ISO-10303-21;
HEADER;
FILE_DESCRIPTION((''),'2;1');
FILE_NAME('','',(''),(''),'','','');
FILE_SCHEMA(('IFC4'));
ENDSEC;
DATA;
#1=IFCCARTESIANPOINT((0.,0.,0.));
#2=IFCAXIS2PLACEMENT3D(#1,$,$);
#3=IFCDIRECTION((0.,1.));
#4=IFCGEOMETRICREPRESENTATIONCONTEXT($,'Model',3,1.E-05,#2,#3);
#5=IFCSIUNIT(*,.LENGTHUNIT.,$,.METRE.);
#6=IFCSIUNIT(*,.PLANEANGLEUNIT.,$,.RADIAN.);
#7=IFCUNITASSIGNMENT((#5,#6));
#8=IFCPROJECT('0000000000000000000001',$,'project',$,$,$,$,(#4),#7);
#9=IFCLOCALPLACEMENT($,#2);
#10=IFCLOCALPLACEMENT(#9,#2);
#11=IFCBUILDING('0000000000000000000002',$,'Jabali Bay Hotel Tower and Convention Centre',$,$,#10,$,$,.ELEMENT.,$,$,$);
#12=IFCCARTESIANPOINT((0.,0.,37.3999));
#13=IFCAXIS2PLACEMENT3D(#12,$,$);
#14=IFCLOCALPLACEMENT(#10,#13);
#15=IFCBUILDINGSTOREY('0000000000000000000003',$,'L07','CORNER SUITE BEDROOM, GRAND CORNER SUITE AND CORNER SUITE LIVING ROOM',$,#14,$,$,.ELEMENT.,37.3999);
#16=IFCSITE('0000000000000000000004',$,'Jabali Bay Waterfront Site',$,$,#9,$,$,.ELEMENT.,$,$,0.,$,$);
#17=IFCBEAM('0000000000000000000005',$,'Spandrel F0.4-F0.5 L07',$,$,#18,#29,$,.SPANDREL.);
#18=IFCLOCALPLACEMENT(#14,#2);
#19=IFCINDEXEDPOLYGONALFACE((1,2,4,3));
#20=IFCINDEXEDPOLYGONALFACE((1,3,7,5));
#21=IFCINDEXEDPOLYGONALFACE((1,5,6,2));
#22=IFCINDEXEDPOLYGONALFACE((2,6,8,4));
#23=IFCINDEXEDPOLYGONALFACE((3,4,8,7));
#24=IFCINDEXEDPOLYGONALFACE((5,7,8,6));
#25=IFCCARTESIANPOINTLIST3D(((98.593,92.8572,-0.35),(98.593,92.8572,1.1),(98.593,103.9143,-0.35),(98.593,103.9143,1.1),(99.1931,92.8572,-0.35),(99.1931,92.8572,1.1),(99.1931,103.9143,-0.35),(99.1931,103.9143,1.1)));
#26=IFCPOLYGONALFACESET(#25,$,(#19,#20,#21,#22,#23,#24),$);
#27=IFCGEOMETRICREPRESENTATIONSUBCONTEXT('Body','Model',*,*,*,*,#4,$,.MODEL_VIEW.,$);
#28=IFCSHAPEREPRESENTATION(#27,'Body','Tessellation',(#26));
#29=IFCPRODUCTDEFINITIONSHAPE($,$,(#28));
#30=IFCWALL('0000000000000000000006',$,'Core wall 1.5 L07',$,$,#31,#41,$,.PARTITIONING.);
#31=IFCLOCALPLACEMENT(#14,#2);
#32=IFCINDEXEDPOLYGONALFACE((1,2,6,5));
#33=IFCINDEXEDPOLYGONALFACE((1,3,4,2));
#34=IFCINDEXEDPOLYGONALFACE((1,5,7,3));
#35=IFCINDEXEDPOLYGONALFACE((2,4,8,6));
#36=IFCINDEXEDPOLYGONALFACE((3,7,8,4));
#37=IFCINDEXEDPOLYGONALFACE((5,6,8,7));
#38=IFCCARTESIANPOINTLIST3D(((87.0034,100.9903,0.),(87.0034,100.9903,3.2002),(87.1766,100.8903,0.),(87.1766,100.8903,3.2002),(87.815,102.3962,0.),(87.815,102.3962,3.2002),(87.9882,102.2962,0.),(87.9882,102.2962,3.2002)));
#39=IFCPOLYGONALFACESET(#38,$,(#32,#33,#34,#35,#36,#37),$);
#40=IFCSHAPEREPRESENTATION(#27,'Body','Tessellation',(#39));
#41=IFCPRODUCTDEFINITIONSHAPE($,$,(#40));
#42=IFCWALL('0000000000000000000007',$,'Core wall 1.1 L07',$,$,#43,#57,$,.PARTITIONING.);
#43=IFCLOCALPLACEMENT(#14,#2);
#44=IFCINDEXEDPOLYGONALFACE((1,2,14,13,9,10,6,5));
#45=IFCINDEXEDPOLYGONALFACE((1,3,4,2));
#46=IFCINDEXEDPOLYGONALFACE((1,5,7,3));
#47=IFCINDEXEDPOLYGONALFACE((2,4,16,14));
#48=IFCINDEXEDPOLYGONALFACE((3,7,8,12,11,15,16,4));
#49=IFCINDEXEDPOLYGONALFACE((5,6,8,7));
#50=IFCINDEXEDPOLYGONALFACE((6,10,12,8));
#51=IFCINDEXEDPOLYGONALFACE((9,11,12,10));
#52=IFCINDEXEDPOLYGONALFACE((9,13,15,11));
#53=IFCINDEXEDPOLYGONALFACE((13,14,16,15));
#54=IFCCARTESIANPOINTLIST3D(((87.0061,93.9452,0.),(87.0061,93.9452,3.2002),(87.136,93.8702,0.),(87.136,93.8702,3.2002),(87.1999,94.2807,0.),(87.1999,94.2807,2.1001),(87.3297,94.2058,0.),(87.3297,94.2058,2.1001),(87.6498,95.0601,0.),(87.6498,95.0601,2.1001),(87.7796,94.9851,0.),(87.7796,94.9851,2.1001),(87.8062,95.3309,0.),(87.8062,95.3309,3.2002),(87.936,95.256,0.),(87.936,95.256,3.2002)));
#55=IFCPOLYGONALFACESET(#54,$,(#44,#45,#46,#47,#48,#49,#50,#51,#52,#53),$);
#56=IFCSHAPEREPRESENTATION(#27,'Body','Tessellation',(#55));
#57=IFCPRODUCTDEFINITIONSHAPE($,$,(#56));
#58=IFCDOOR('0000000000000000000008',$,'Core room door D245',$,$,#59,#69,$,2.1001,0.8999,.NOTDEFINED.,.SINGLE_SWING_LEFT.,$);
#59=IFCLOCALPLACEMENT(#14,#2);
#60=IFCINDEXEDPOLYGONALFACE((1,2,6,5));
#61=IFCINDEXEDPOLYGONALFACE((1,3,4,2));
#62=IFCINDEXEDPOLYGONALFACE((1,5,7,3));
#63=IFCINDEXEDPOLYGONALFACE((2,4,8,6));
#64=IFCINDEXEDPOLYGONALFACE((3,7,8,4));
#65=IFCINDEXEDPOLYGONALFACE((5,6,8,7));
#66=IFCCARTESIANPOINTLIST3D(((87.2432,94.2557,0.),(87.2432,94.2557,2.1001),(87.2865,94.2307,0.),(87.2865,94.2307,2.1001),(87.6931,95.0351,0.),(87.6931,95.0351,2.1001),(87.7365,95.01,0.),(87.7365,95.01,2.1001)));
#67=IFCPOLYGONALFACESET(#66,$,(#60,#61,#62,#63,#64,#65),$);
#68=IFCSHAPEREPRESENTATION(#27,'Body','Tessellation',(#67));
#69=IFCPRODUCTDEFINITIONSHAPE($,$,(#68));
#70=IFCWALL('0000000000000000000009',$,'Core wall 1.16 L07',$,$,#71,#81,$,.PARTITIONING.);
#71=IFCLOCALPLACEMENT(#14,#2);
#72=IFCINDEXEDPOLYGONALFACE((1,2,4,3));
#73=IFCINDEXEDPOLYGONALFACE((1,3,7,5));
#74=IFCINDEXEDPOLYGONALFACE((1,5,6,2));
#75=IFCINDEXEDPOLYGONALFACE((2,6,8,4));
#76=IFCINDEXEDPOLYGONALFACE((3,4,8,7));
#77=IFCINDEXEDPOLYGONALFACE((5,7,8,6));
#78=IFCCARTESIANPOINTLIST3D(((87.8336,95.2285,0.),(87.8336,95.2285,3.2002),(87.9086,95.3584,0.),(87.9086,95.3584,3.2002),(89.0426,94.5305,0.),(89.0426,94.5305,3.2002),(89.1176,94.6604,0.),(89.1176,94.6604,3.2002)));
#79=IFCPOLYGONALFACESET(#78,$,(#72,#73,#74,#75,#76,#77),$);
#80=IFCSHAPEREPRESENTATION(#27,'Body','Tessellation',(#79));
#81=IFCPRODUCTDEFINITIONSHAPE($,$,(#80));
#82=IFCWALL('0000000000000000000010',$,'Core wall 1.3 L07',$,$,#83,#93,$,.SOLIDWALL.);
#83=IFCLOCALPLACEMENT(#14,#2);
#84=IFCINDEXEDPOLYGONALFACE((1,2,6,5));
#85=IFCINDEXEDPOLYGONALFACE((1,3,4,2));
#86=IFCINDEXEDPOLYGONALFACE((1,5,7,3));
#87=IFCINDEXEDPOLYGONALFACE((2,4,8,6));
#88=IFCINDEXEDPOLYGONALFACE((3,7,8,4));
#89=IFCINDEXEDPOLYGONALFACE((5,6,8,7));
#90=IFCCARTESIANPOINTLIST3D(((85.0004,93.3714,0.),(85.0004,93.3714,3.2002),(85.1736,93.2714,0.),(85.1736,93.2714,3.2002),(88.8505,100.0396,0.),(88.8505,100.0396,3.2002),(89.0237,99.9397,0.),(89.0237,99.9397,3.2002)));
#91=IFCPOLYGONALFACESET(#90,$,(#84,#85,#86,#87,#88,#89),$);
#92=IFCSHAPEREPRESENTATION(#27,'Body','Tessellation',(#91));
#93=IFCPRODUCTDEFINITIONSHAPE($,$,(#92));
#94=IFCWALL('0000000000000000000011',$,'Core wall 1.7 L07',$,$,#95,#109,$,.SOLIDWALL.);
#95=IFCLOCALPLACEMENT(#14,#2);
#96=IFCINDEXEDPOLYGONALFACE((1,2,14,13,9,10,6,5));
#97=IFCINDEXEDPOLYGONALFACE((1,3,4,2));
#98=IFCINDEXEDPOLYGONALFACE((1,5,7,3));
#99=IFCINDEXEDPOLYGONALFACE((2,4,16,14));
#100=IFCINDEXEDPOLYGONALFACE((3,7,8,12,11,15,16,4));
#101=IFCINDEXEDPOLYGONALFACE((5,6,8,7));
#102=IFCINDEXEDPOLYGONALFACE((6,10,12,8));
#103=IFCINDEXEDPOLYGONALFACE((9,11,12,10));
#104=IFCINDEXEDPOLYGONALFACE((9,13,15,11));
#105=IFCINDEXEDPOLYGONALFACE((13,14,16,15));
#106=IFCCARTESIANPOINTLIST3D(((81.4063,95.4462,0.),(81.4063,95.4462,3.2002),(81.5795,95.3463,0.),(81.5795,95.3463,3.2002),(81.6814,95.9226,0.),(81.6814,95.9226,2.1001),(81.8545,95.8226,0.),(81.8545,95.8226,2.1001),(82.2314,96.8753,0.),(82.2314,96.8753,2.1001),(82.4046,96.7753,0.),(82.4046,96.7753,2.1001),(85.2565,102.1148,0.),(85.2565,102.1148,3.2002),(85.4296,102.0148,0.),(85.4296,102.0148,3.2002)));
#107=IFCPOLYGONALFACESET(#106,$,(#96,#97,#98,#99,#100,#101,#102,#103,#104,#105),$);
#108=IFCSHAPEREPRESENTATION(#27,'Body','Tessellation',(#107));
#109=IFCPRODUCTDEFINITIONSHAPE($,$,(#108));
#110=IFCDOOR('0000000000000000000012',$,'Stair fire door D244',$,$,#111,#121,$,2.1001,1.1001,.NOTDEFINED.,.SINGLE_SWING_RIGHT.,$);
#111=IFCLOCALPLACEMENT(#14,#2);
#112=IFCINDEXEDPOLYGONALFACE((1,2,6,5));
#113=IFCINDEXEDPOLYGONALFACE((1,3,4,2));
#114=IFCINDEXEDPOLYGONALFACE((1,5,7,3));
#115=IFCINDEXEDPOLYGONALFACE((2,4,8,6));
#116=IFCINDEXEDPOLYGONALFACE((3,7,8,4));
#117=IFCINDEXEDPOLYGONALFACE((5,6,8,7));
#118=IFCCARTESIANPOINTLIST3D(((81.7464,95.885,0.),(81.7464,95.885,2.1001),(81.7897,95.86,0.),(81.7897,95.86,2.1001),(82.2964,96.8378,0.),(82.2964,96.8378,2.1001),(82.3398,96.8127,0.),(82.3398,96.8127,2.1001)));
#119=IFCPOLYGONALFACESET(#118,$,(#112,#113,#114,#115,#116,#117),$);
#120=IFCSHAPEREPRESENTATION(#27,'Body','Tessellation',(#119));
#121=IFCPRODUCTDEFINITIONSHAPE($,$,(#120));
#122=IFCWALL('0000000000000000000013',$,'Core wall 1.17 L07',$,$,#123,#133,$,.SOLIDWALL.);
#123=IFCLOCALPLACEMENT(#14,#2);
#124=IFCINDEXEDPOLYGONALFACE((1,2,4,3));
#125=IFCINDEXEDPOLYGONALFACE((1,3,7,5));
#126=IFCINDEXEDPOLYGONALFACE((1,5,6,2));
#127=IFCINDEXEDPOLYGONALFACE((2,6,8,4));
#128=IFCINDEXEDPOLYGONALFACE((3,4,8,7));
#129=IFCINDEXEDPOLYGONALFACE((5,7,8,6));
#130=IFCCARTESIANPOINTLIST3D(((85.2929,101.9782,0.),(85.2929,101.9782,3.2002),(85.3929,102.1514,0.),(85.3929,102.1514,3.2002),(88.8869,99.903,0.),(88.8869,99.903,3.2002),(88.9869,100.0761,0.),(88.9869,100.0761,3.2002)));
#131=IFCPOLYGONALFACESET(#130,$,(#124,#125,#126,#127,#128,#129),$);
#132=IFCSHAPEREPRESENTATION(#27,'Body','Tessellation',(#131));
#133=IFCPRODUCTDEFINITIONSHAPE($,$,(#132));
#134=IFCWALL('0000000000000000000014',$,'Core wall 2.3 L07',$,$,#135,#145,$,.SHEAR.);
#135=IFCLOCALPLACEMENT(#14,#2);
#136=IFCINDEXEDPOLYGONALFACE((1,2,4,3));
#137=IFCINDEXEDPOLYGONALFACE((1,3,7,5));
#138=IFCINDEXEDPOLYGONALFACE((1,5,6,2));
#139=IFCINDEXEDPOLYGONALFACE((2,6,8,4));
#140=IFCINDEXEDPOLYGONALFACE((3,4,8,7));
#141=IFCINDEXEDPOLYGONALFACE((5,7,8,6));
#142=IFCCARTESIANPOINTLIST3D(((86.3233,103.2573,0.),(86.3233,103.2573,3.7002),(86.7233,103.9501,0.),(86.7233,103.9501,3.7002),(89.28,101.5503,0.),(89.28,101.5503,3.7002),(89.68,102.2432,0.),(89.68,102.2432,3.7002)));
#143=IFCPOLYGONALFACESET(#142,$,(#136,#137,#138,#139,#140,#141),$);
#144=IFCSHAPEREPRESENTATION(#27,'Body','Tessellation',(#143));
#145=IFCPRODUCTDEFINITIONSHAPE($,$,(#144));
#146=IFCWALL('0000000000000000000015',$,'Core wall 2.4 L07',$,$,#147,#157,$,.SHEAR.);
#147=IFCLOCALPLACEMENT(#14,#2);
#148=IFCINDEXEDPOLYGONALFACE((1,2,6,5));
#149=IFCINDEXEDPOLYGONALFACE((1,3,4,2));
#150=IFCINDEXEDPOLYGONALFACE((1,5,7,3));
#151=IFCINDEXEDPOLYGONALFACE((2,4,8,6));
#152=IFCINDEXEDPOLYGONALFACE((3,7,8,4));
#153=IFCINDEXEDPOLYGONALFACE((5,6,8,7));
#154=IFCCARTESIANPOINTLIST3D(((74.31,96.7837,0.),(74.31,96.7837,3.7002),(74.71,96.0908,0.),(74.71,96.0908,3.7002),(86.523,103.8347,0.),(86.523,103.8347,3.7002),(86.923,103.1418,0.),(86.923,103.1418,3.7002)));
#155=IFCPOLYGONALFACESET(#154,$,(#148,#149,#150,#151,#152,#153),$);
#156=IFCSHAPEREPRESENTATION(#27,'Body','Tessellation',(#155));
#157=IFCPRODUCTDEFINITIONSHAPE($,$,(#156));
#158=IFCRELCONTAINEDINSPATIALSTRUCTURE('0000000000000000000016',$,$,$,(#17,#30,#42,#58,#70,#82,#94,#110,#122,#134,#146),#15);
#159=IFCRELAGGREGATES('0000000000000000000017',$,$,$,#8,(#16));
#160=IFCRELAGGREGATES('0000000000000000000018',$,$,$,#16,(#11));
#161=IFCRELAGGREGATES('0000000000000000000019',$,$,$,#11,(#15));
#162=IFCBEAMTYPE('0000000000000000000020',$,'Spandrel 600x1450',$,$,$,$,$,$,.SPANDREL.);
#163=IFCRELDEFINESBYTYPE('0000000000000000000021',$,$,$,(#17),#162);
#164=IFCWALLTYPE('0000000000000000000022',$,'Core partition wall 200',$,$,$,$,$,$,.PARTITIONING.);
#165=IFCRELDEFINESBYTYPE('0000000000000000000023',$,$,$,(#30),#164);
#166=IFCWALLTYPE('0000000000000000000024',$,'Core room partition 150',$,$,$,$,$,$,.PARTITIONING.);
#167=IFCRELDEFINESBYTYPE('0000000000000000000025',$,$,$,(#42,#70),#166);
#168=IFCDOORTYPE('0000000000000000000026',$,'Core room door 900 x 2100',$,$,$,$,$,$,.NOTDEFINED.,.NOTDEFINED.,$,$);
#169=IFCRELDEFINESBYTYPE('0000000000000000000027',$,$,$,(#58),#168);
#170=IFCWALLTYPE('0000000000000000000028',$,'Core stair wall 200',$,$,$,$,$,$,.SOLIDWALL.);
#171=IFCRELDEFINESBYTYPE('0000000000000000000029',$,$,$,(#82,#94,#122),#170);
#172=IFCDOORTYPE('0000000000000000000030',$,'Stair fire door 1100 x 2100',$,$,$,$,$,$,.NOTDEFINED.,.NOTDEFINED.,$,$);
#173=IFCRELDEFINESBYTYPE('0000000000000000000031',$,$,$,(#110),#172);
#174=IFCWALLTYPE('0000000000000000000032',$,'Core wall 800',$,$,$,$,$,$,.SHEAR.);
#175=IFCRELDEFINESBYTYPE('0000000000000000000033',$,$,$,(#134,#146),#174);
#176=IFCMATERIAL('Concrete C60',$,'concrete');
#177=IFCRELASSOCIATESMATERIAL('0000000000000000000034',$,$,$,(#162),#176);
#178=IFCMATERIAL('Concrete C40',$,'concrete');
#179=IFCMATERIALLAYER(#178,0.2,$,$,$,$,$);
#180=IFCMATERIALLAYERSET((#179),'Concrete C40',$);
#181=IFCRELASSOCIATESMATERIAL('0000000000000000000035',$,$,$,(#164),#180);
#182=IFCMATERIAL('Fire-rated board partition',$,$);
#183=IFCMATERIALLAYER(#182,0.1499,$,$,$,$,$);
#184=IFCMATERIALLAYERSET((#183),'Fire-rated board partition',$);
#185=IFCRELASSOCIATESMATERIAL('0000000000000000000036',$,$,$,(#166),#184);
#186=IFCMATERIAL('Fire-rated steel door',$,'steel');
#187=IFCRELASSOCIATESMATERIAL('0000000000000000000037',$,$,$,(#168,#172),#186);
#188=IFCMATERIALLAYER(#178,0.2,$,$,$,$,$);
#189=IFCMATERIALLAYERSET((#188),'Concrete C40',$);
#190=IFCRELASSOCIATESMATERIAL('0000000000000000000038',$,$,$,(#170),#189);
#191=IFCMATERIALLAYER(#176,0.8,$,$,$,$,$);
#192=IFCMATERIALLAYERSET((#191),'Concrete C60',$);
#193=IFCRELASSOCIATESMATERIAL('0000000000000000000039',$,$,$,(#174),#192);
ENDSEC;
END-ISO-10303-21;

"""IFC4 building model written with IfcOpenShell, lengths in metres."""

from ifc_helpers import new_model, si_unit, direction, frame, frame_2d, origin, origin_2d, place, context, subcontext, project, spatial, rectangle, extrude, material, layer, layer_set, material_profile, profile_set, type_object, element, fill, save


model = new_model("IFC4")

# Units and contexts
model_context = context("Model", 3, precision=1e-05, world=origin(), true_north=direction((0.0, 1.0)))
body_context = subcontext(model_context, "Body", "Model", "MODEL_VIEW")
ifc_project = project(units=[si_unit("LENGTHUNIT", "METRE"), si_unit("PLANEANGLEUNIT", "RADIAN")], contexts=[model_context])

# Site, building, storey
site_placement = place(None, origin())
site = spatial("IfcSite", under=ifc_project, at=site_placement, Name="Jabali Bay Waterfront Site", CompositionType="ELEMENT", RefElevation=0.0)
building_placement = place(site_placement, origin())
building = spatial("IfcBuilding", under=site, at=building_placement, Name="Jabali Bay Hotel Tower and Convention Centre", CompositionType="ELEMENT")
storey_placement = place(building_placement, frame((0.0, 0.0, 37.3999)))
storey = spatial("IfcBuildingStorey", under=building, at=storey_placement, Name="L07", Description="CORNER SUITE BEDROOM, GRAND CORNER SUITE AND CORNER SUITE LIVING ROOM", CompositionType="ELEMENT", Elevation=37.3999)

# Beam
ifc_material_1 = material(Name="Concrete C60", Category="concrete")
ifc_material_profile = material_profile(ifc_material_1, rectangle(XDim=0.6001, YDim=1.45, at=origin_2d()), Name="Spandrel 600x1450")
ifc_profile_set = profile_set([ifc_material_profile], Name="Concrete C60")
beam_type = type_object("IfcBeamType", Name="Spandrel 600x1450", PredefinedType="SPANDREL", material=ifc_profile_set)
beam_placement = place(storey_placement, frame((98.8931, 92.8572, 0.375), z_axis=(0.0, 1.0, 0.0), x_axis=(-1.0, 0.0, 0.0)))
element("IfcBeam", 1, at=beam_placement, inside=storey, type_object=beam_type, Name="Spandrel F0.4-F0.5 L07", PredefinedType="SPANDREL", context=body_context, shape_type="SweptSolid", body=[
    extrude(rectangle(XDim=0.6001, YDim=1.45, at=origin_2d()), origin(), (0.0, 0.0, 1.0), 11.0571),
])

# Wall
ifc_material_2 = material(Name="Concrete C40", Category="concrete")
ifc_layer_1 = layer(ifc_material_2, 0.2)
ifc_layer_set_1 = layer_set([ifc_layer_1], Name="Concrete C40")
wall_type_1 = type_object("IfcWallType", Name="Core partition wall 200", PredefinedType="PARTITIONING", material=ifc_layer_set_1)
wall_1_placement = place(storey_placement, frame((87.0901, 100.9404, 0.0), z_axis=(0.0, 0.0, 1.0), x_axis=(0.499957, 0.86605, 0.0)))
element("IfcWall", 2, at=wall_1_placement, inside=storey, type_object=wall_type_1, Name="Core wall 1.5 L07", PredefinedType="PARTITIONING", context=body_context, shape_type="SweptSolid", body=[
    extrude(rectangle(XDim=1.6233, YDim=0.2, at=frame_2d((0.8115, 0.0))), origin(), (0.0, 0.0, 1.0), 3.2002),
])

# Wall, opening, door
ifc_material_3 = material(Name="Fire-rated board partition")
ifc_layer_2 = layer(ifc_material_3, 0.1499)
ifc_layer_set_2 = layer_set([ifc_layer_2], Name="Fire-rated board partition")
wall_type_2 = type_object("IfcWallType", Name="Core room partition 150", PredefinedType="PARTITIONING", material=ifc_layer_set_2)
wall_2_placement = place(storey_placement, frame((87.071, 93.9077, 0.0), z_axis=(0.0, 0.0, 1.0), x_axis=(0.499995, 0.866028, 0.0)))
wall_2 = element("IfcWall", 3, at=wall_2_placement, inside=storey, type_object=wall_type_2, Name="Core wall 1.1 L07", PredefinedType="PARTITIONING", context=body_context, shape_type="SweptSolid", body=[
    extrude(rectangle(XDim=1.6001, YDim=0.1499, at=frame_2d((0.8, 0.0))), origin(), (0.0, 0.0, 1.0), 3.2002),
])
opening_1_placement = place(wall_2_placement, frame((0.3875, 0.0, 0.0)))
opening_1 = element("IfcOpeningElement", 4, at=opening_1_placement, cuts=wall_2, PredefinedType="OPENING", context=body_context, shape_type="SweptSolid", body=[
    extrude(rectangle(XDim=0.8999, YDim=2.1001, at=frame_2d((0.45, 1.05))), frame((0.0, 0.0854, 0.0), z_axis=(0.0, -1.0, 0.0), x_axis=(1.0, 0.0, 0.0)), (0.0, 0.0, 1.0), 0.1709),
])
ifc_material_4 = material(Name="Fire-rated steel door", Category="steel")
door_type_1 = type_object("IfcDoorType", Name="Core room door 900 x 2100", OperationType="NOTDEFINED", PredefinedType="NOTDEFINED", material=ifc_material_4)
door_1_placement = place(opening_1_placement, origin())
door_1 = element("IfcDoor", 5, at=door_1_placement, inside=storey, type_object=door_type_1, Name="Core room door D245", OperationType="SINGLE_SWING_LEFT", OverallHeight=2.1001, OverallWidth=0.8999, PredefinedType="NOTDEFINED", context=body_context, shape_type="SweptSolid", body=[
    extrude(rectangle(XDim=0.8999, YDim=2.1001, at=frame_2d((0.45, 1.05))), frame((0.0, 0.0249, 0.0), z_axis=(0.0, -1.0, 0.0), x_axis=(1.0, 0.0, 0.0)), (0.0, 0.0, 1.0), 0.05),
])
fill(opening_1, door_1)

# Walls
wall_3_placement = place(storey_placement, frame((89.0801, 94.5955, 0.0), z_axis=(0.0, 0.0, 1.0), x_axis=(-0.866028, 0.499995, 0.0)))
element("IfcWall", 6, at=wall_3_placement, inside=storey, type_object=wall_type_2, Name="Core wall 1.16 L07", PredefinedType="PARTITIONING", context=body_context, shape_type="SweptSolid", body=[
    extrude(rectangle(XDim=1.396, YDim=0.1499, at=frame_2d((0.698, 0.0))), origin(), (0.0, 0.0, 1.0), 3.2002),
])
ifc_layer_3 = layer(ifc_material_2, 0.2)
ifc_layer_set_3 = layer_set([ifc_layer_3], Name="Concrete C40")
wall_type_3 = type_object("IfcWallType", Name="Core stair wall 200", PredefinedType="SOLIDWALL", material=ifc_layer_set_3)
wall_4_placement = place(storey_placement, frame((85.0869, 93.3213, 0.0), z_axis=(0.0, 0.0, 1.0), x_axis=(0.50002, 0.866014, 0.0)))
element("IfcWall", 7, at=wall_4_placement, inside=storey, type_object=wall_type_3, Name="Core wall 1.3 L07", PredefinedType="SOLIDWALL", context=body_context, shape_type="SweptSolid", body=[
    extrude(rectangle(XDim=7.7, YDim=0.2, at=frame_2d((3.8501, 0.0))), origin(), (0.0, 0.0, 1.0), 3.2002),
])

# Wall, opening, door
wall_5_placement = place(storey_placement, frame((81.4929, 95.3962, 0.0), z_axis=(0.0, 0.0, 1.0), x_axis=(0.500006, 0.866022, 0.0)))
wall_5 = element("IfcWall", 8, at=wall_5_placement, inside=storey, type_object=wall_type_3, Name="Core wall 1.7 L07", PredefinedType="SOLIDWALL", context=body_context, shape_type="SweptSolid", body=[
    extrude(rectangle(XDim=7.7002, YDim=0.2, at=frame_2d((3.8501, 0.0))), origin(), (0.0, 0.0, 1.0), 3.2002),
])
opening_2_placement = place(wall_5_placement, frame((0.55, 0.0, 0.0)))
opening_2 = element("IfcOpeningElement", 9, at=opening_2_placement, cuts=wall_5, PredefinedType="OPENING", context=body_context, shape_type="SweptSolid", body=[
    extrude(rectangle(XDim=1.1001, YDim=2.1001, at=frame_2d((0.55, 1.05))), frame((0.0, 0.1104, 0.0), z_axis=(0.0, -1.0, 0.0), x_axis=(1.0, 0.0, 0.0)), (0.0, 0.0, 1.0), 0.2209),
])
door_type_2 = type_object("IfcDoorType", Name="Stair fire door 1100 x 2100", OperationType="NOTDEFINED", PredefinedType="NOTDEFINED", material=ifc_material_4)
door_2_placement = place(opening_2_placement, origin())
door_2 = element("IfcDoor", 10, at=door_2_placement, inside=storey, type_object=door_type_2, Name="Stair fire door D244", OperationType="SINGLE_SWING_RIGHT", OverallHeight=2.1001, OverallWidth=1.1001, PredefinedType="NOTDEFINED", context=body_context, shape_type="SweptSolid", body=[
    extrude(rectangle(XDim=1.1001, YDim=2.1001, at=frame_2d((0.55, 1.05))), frame((0.0, 0.0249, 0.0), z_axis=(0.0, -1.0, 0.0), x_axis=(1.0, 0.0, 0.0)), (0.0, 0.0, 1.0), 0.05),
])
fill(opening_2, door_2)

# Walls
wall_6_placement = place(storey_placement, frame((88.937, 99.9895, 0.0), z_axis=(0.0, 0.0, 1.0), x_axis=(-0.866004, 0.500036, 0.0)))
element("IfcWall", 11, at=wall_6_placement, inside=storey, type_object=wall_type_3, Name="Core wall 1.17 L07", PredefinedType="SOLIDWALL", context=body_context, shape_type="SweptSolid", body=[
    extrude(rectangle(XDim=4.1501, YDim=0.2, at=frame_2d((2.0752, 0.0))), origin(), (0.0, 0.0, 1.0), 3.2002),
])
ifc_layer_4 = layer(ifc_material_1, 0.8)
ifc_layer_set_4 = layer_set([ifc_layer_4], Name="Concrete C60")
wall_type_4 = type_object("IfcWallType", Name="Core wall 800", PredefinedType="SHEAR", material=ifc_layer_set_4)
wall_7_placement = place(storey_placement, frame((89.48, 101.8967, 0.0), z_axis=(0.0, 0.0, 1.0), x_axis=(-0.866034, 0.499984, 0.0)))
element("IfcWall", 12, at=wall_7_placement, inside=storey, type_object=wall_type_4, Name="Core wall 2.3 L07", PredefinedType="SHEAR", context=body_context, shape_type="SweptSolid", body=[
    extrude(rectangle(XDim=3.4141, YDim=0.8, at=frame_2d((1.707, 0.0))), origin(), (0.0, 0.0, 1.0), 3.7002),
])
wall_8_placement = place(storey_placement, frame((86.7231, 103.4883, 0.0), z_axis=(0.0, 0.0, 1.0), x_axis=(-0.866033, -0.499988, 0.0)))
element("IfcWall", 13, at=wall_8_placement, inside=storey, type_object=wall_type_4, Name="Core wall 2.4 L07", PredefinedType="SHEAR", context=body_context, shape_type="SweptSolid", body=[
    extrude(rectangle(XDim=14.1023, YDim=0.8, at=frame_2d((7.0513, 0.0))), origin(), (0.0, 0.0, 1.0), 3.7002),
])

save(model, "model.ifc")
